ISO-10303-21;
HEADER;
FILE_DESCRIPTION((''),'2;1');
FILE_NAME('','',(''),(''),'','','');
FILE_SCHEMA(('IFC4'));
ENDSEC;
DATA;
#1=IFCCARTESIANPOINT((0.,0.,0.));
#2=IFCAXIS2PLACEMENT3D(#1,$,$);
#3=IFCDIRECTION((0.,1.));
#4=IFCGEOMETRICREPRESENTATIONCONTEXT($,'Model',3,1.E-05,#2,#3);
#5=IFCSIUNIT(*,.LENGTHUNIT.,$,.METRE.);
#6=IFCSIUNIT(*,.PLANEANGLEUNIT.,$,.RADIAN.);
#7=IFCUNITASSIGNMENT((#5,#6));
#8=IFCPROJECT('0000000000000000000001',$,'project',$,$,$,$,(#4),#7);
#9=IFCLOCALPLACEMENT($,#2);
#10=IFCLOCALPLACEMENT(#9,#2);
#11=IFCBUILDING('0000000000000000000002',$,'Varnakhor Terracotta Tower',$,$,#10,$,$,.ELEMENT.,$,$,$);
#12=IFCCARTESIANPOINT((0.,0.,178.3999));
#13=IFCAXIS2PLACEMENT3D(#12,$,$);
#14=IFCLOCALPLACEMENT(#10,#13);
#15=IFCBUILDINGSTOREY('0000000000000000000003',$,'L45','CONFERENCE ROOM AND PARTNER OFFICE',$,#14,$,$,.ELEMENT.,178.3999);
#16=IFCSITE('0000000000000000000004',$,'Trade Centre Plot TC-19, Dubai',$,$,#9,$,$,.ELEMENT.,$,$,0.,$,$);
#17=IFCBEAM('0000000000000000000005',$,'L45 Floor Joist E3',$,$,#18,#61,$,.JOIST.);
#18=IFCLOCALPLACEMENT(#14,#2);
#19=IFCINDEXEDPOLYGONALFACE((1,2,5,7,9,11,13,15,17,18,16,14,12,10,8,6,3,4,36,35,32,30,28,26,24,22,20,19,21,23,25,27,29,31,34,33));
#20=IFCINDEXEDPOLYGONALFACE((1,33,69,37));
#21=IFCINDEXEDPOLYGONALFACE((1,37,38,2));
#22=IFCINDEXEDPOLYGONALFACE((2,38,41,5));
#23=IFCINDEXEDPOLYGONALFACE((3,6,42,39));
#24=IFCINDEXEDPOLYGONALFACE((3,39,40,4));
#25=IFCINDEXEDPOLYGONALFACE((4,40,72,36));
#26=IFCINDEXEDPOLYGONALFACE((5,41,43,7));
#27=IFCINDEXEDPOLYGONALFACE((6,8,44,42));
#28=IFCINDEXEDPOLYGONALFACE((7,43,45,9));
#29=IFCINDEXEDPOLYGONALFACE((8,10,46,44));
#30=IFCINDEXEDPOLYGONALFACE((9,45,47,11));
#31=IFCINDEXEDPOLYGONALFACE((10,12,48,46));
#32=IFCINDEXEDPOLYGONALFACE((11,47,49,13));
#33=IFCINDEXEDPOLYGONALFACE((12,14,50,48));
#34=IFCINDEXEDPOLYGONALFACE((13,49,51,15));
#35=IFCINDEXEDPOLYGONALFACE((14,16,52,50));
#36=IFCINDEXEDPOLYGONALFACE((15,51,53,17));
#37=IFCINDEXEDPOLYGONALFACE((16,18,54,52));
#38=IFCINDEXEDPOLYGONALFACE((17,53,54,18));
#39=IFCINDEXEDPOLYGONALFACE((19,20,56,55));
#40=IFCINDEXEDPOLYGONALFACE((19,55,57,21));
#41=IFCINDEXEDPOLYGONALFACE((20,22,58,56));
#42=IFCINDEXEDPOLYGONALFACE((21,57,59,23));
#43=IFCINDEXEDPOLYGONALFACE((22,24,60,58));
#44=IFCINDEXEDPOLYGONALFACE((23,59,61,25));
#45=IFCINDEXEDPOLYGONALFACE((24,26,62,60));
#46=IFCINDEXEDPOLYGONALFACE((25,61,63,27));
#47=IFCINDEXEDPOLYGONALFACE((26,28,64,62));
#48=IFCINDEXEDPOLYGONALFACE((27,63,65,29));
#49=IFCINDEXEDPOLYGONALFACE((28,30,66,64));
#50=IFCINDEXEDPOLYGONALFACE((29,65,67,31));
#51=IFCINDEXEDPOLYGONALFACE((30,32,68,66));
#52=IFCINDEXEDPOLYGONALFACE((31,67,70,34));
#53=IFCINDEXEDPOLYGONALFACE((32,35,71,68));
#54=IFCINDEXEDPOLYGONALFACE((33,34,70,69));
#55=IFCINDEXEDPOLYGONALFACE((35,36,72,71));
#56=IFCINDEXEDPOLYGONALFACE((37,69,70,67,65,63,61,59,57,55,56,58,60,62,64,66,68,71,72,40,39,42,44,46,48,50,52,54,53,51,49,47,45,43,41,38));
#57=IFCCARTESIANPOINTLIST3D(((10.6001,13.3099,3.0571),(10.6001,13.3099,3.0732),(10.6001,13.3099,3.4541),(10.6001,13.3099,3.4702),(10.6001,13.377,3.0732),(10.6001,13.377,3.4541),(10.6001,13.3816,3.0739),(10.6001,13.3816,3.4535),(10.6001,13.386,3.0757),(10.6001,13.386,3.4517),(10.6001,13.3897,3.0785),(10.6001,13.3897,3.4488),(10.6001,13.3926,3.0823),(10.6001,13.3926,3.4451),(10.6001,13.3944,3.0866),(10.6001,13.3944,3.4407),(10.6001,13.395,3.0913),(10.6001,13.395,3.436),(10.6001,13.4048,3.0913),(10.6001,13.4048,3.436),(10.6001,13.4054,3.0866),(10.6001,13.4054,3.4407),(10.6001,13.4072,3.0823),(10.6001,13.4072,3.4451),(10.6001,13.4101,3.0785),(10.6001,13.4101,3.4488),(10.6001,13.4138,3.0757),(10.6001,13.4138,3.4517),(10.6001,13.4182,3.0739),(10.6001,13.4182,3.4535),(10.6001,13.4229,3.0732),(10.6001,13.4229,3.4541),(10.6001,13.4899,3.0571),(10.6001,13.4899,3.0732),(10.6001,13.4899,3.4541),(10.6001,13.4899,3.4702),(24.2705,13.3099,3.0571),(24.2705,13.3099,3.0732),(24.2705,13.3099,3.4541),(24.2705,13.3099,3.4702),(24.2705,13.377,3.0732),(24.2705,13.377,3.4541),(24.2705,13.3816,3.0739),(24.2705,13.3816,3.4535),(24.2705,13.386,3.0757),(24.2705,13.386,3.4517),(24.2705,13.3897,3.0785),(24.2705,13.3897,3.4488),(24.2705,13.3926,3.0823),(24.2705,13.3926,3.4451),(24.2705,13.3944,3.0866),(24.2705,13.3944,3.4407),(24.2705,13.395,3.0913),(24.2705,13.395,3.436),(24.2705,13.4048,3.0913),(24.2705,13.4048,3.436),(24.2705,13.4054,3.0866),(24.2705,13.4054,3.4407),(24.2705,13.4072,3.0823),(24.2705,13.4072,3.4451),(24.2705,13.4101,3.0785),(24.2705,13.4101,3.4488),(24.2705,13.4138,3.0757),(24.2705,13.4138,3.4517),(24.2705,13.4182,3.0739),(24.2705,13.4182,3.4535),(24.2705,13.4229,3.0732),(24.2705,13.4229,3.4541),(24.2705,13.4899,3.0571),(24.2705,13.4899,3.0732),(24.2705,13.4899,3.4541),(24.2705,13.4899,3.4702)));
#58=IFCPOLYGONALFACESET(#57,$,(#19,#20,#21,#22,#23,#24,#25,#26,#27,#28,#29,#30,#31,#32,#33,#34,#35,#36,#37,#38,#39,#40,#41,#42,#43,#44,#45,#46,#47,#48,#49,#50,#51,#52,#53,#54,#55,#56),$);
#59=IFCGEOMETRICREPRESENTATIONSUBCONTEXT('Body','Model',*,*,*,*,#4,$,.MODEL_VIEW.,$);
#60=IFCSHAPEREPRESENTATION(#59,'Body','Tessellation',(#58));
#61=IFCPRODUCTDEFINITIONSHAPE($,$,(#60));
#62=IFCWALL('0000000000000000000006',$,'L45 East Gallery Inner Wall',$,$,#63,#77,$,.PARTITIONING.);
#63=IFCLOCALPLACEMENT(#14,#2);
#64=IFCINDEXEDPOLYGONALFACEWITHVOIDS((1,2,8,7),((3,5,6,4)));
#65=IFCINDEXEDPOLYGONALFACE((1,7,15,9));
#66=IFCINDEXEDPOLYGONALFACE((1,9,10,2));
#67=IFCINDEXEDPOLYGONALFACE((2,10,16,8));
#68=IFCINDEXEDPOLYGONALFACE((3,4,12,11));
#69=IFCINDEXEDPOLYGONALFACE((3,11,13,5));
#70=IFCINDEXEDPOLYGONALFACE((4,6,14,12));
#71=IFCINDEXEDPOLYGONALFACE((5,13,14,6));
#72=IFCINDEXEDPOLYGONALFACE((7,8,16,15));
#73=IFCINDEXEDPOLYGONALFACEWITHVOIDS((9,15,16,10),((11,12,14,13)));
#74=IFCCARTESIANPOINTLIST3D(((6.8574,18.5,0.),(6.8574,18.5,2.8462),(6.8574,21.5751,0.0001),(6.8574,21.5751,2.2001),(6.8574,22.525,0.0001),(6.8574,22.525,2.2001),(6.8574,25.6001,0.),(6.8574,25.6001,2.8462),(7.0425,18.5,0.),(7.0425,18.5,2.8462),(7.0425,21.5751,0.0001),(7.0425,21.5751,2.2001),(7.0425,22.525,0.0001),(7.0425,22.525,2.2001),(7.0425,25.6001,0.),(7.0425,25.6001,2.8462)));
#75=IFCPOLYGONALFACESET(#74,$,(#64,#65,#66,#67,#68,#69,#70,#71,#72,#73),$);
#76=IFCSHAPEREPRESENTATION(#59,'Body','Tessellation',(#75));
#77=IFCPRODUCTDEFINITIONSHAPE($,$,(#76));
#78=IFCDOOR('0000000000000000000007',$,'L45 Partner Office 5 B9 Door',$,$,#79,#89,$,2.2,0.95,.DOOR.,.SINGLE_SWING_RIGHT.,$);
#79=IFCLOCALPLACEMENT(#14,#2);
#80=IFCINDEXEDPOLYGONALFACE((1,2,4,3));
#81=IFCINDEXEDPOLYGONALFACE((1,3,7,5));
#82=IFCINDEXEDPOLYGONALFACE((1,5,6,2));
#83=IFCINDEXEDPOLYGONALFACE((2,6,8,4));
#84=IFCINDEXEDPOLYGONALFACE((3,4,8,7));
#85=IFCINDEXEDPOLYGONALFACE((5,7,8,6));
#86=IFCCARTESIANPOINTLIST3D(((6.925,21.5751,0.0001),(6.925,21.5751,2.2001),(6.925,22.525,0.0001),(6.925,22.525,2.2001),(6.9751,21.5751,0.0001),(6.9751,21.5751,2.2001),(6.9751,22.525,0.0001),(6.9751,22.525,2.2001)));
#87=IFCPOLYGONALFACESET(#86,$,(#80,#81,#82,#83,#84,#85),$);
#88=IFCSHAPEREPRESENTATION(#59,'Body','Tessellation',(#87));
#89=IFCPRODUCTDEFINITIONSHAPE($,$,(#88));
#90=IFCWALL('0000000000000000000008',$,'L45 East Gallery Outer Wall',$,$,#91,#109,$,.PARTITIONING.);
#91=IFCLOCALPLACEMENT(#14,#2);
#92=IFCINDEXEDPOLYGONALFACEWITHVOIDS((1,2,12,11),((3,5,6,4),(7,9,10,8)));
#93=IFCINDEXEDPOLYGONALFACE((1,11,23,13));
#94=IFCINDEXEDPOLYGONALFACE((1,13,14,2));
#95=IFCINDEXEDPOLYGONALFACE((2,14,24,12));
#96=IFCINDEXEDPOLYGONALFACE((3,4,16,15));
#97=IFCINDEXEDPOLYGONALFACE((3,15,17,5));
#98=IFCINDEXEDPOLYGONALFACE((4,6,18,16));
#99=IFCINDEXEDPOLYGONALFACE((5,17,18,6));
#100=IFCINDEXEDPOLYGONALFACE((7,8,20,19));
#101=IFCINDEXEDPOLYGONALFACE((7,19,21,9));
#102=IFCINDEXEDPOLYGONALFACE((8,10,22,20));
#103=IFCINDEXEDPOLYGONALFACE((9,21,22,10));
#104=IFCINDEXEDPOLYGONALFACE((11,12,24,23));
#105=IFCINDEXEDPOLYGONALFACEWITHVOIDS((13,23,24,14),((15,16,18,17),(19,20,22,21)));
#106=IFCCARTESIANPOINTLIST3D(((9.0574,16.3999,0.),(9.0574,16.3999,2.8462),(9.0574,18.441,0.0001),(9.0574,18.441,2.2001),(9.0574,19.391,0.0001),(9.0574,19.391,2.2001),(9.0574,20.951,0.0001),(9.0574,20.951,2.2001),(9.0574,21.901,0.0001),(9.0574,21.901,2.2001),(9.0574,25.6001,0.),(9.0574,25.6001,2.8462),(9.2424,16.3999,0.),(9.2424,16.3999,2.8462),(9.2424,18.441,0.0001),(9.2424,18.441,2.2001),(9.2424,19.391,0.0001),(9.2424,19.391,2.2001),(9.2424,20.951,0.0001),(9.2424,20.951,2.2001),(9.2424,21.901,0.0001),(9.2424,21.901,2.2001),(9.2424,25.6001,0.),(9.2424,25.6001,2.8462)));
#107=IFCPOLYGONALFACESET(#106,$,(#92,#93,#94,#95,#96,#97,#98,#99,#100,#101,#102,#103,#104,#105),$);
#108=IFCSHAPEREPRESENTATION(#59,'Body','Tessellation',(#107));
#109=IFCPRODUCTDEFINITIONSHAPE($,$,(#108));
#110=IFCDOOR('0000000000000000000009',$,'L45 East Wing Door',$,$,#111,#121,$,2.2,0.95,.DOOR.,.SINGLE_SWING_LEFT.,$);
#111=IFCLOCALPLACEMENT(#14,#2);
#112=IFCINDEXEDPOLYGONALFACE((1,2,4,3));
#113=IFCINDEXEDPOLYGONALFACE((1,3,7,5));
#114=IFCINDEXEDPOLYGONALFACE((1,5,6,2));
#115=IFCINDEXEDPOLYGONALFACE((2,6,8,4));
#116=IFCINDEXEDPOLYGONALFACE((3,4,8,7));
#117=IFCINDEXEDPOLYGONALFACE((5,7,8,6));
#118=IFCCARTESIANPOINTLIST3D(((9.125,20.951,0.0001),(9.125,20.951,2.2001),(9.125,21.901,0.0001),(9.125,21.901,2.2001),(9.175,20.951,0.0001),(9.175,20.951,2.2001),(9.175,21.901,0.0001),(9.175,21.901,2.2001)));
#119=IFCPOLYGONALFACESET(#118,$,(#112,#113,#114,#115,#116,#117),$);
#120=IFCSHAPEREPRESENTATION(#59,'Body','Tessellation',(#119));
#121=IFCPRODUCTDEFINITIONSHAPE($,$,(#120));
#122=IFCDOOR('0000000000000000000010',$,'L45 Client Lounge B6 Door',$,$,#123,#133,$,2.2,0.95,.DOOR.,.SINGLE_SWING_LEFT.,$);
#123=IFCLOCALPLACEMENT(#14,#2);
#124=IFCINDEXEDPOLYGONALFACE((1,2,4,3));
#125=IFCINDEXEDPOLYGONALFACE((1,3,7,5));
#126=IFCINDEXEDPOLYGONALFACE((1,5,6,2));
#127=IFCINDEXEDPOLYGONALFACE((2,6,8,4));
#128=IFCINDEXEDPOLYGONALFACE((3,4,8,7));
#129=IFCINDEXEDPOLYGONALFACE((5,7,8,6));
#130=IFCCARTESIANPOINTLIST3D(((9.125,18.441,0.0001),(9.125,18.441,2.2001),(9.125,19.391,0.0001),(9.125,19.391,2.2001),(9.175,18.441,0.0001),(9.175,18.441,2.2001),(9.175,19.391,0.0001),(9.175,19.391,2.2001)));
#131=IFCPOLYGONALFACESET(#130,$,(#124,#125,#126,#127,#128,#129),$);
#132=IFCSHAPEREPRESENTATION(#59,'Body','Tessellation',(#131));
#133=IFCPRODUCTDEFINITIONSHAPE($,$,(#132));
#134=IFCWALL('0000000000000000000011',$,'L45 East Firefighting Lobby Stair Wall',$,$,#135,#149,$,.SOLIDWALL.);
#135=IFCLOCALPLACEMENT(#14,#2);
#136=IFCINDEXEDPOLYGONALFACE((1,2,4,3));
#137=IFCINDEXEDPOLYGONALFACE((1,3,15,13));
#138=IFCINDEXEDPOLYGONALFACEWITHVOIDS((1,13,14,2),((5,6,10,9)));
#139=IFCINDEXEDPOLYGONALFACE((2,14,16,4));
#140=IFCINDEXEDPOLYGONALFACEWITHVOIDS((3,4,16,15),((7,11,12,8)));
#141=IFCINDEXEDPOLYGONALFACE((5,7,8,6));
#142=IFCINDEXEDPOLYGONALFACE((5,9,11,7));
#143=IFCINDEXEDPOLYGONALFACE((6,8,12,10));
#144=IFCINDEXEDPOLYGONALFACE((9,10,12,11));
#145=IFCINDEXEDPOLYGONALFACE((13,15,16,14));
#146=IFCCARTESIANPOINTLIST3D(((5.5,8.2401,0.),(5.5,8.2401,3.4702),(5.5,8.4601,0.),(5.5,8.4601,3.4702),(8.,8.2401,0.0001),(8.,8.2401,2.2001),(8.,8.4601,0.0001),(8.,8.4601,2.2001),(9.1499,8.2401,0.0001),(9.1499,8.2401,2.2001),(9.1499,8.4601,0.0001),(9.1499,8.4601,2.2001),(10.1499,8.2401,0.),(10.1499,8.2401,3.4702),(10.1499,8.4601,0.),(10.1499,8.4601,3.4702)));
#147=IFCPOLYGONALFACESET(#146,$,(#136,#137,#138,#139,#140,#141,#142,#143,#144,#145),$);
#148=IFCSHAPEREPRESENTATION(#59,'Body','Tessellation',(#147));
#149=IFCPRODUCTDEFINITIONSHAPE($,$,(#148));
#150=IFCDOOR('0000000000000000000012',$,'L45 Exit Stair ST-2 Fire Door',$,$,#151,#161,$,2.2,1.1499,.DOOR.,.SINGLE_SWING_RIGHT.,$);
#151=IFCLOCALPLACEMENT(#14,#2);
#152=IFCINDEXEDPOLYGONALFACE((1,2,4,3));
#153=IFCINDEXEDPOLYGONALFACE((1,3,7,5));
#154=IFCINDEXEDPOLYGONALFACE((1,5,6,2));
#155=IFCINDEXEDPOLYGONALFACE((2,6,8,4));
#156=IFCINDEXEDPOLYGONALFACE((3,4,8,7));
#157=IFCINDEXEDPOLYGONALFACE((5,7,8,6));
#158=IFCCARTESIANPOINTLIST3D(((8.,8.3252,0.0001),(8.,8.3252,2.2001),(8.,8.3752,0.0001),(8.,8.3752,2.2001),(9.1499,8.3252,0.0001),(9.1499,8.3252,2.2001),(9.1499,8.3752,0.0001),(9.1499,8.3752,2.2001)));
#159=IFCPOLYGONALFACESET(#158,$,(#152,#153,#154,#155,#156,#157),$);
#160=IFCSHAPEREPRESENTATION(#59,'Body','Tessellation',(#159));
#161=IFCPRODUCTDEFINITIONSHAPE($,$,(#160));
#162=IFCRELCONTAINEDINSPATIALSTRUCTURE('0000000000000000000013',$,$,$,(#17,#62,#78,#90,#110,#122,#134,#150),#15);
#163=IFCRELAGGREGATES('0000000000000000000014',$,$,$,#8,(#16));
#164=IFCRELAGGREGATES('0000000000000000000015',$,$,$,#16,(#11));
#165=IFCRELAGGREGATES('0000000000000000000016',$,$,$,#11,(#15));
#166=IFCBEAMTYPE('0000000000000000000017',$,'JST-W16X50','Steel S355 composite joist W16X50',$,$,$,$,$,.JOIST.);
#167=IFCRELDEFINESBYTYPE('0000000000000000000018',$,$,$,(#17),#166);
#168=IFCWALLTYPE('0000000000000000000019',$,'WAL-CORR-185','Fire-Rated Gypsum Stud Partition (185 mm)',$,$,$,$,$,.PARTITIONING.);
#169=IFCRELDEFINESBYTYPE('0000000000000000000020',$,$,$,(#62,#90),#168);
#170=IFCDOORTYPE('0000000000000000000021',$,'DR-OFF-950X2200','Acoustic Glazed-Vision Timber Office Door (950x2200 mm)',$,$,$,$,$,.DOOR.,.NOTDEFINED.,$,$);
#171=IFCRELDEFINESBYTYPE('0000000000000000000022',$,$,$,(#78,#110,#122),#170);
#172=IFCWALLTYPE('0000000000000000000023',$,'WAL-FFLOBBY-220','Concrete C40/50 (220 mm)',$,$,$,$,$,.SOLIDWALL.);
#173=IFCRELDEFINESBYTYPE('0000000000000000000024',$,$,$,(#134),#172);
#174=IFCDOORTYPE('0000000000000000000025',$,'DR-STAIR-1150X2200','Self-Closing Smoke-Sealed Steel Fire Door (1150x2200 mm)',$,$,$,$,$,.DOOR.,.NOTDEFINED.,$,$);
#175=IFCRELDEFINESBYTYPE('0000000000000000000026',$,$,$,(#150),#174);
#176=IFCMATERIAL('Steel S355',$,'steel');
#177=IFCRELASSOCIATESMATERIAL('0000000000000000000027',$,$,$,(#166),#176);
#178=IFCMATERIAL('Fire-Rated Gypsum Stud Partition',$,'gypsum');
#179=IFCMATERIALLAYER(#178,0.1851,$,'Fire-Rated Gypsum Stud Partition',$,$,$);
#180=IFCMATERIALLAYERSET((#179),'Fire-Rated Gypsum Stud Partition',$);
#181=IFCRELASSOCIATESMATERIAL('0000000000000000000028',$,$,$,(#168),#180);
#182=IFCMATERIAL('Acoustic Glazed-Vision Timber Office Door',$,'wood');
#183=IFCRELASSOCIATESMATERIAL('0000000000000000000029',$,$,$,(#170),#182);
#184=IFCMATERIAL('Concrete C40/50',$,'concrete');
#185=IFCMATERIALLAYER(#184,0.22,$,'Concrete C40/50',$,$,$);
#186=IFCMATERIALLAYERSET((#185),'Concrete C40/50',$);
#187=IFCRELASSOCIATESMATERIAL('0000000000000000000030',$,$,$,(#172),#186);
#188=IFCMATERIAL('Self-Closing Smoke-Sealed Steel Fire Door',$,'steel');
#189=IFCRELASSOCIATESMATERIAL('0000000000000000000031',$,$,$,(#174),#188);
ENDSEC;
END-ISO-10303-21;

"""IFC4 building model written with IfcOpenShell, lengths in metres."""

from ifc_helpers import new_model, si_unit, direction, frame, frame_2d, origin, origin_2d, place, context, subcontext, project, spatial, rectangle, i_section, extrude, source, transform, mapped, material, layer, layer_set, material_profile, profile_set, type_object, type_shapes, element, fill, save


model = new_model("IFC4")

# Units and contexts
model_context = context("Model", 3, precision=1e-05, world=origin(), true_north=direction((0.0, 1.0)))
body_context = subcontext(model_context, "Body", "Model", "MODEL_VIEW")
ifc_project = project(units=[si_unit("LENGTHUNIT", "METRE"), si_unit("PLANEANGLEUNIT", "RADIAN")], contexts=[model_context])

# Site, building, storey
site_placement = place(None, origin())
site = spatial("IfcSite", under=ifc_project, at=site_placement, Name="Trade Centre Plot TC-19, Dubai", CompositionType="ELEMENT", RefElevation=0.0)
building_placement = place(site_placement, origin())
building = spatial("IfcBuilding", under=site, at=building_placement, Name="Varnakhor Terracotta Tower", CompositionType="ELEMENT")
storey_placement = place(building_placement, frame((0.0, 0.0, 178.3999)))
storey = spatial("IfcBuildingStorey", under=building, at=storey_placement, Name="L45", Description="CONFERENCE ROOM AND PARTNER OFFICE", CompositionType="ELEMENT", Elevation=178.3999)

# Beam
ifc_material_1 = material(Name="Steel S355", Category="steel")
ifc_material_profile_1 = material_profile(ifc_material_1, i_section(OverallWidth=0.1799, OverallDepth=0.4131, WebThickness=0.0098, FlangeThickness=0.0161, FilletRadius=0.0181, at=origin_2d()), Name="W16X50")
ifc_profile_set_1 = profile_set([ifc_material_profile_1], Name="Steel S355")
beam_type_1 = type_object("IfcBeamType", Name="JST-W16X50", Description="Steel S355 composite joist W16X50", PredefinedType="JOIST", material=ifc_profile_set_1)
shared_shape_1 = source(origin(), body_context, "Body", "SweptSolid", [
    extrude(i_section(OverallWidth=0.1799, OverallDepth=0.4131, WebThickness=0.0098, FlangeThickness=0.0161, FilletRadius=0.0181, at=origin_2d()), origin(), (0.0, 0.0, 1.0), 13.6704),
])
beam_1_placement = place(storey_placement, frame((10.6001, 13.3999, 3.2637), z_axis=(1.0, 0.0, 0.0), x_axis=(0.0, 1.0, 0.0)))
element("IfcBeam", 1, at=beam_1_placement, inside=storey, type_object=beam_type_1, Name="L45 Floor Joist E3", PredefinedType="JOIST", context=body_context, shape_type="MappedRepresentation", body=[
    mapped(shared_shape_1, transform((0.0, 0.0, 0.0), scale=1.0)),
])

# Wall, opening, door
ifc_material_2 = material(Name="Fire-Rated Gypsum Stud Partition", Category="gypsum")
ifc_layer_1 = layer(ifc_material_2, 0.1851, Name="Fire-Rated Gypsum Stud Partition")
ifc_layer_set_1 = layer_set([ifc_layer_1], Name="Fire-Rated Gypsum Stud Partition")
wall_type_1 = type_object("IfcWallType", Name="WAL-CORR-185", Description="Fire-Rated Gypsum Stud Partition (185 mm)", PredefinedType="PARTITIONING", material=ifc_layer_set_1)
wall_1_placement = place(storey_placement, frame((6.95, 18.5, 0.0), z_axis=(0.0, 0.0, 1.0), x_axis=(0.0, 1.0, 0.0)))
wall_1 = element("IfcWall", 2, at=wall_1_placement, inside=storey, type_object=wall_type_1, Name="L45 East Gallery Inner Wall", PredefinedType="PARTITIONING", context=body_context, shape_type="SweptSolid", body=[
    extrude(rectangle(XDim=7.1001, YDim=0.1851, at=frame_2d((3.55, 0.0))), origin(), (0.0, 0.0, 1.0), 2.8462),
])
opening_1_placement = place(wall_1_placement, frame((3.075, 0.0, 0.0)))
opening_1 = element("IfcOpeningElement", 3, at=opening_1_placement, cuts=wall_1, PredefinedType="OPENING", context=body_context, shape_type="SweptSolid", body=[
    extrude(rectangle(XDim=0.95, YDim=2.2, at=frame_2d((0.4751, 1.1001))), frame((0.0, 0.1025, 0.0), z_axis=(0.0, -1.0, 0.0), x_axis=(1.0, 0.0, 0.0)), (0.0, 0.0, 1.0), 0.2051),
])
ifc_material_3 = material(Name="Acoustic Glazed-Vision Timber Office Door", Category="wood")
door_type_1 = type_object("IfcDoorType", Name="DR-OFF-950X2200", Description="Acoustic Glazed-Vision Timber Office Door (950x2200 mm)", OperationType="NOTDEFINED", PredefinedType="DOOR", material=ifc_material_3)
shared_shape_2 = source(origin(), body_context, "Body", "SweptSolid", [
    extrude(rectangle(XDim=0.95, YDim=2.2, at=frame_2d((0.4751, 1.1001))), frame((0.0, 0.0249, 0.0), z_axis=(0.0, -1.0, 0.0), x_axis=(1.0, 0.0, 0.0)), (0.0, 0.0, 1.0), 0.05),
])
type_shapes(door_type_1, [shared_shape_2])
door_1_placement = place(opening_1_placement, origin())
door_1 = element("IfcDoor", 4, at=door_1_placement, inside=storey, type_object=door_type_1, Name="L45 Partner Office 5 B9 Door", OperationType="SINGLE_SWING_RIGHT", OverallHeight=2.2, OverallWidth=0.95, PredefinedType="DOOR", context=body_context, shape_type="MappedRepresentation", body=[
    mapped(shared_shape_2, transform((0.0, 0.0, 0.0), scale=1.0)),
])
fill(opening_1, door_1)

# Wall, openings, doors
wall_2_placement = place(storey_placement, frame((9.1499, 16.3999, 0.0), z_axis=(0.0, 0.0, 1.0), x_axis=(0.0, 1.0, 0.0)))
wall_2 = element("IfcWall", 5, at=wall_2_placement, inside=storey, type_object=wall_type_1, Name="L45 East Gallery Outer Wall", PredefinedType="PARTITIONING", context=body_context, shape_type="SweptSolid", body=[
    extrude(rectangle(XDim=9.2002, YDim=0.1851, at=frame_2d((4.6001, 0.0))), origin(), (0.0, 0.0, 1.0), 2.8462),
])
opening_2_placement = place(wall_2_placement, frame((4.551, 0.0, 0.0)))
opening_2 = element("IfcOpeningElement", 6, at=opening_2_placement, cuts=wall_2, PredefinedType="OPENING", context=body_context, shape_type="SweptSolid", body=[
    extrude(rectangle(XDim=0.95, YDim=2.2, at=frame_2d((0.4751, 1.1001))), frame((0.0, 0.1025, 0.0), z_axis=(0.0, -1.0, 0.0), x_axis=(1.0, 0.0, 0.0)), (0.0, 0.0, 1.0), 0.2051),
])
opening_3_placement = place(wall_2_placement, frame((2.041, 0.0, 0.0)))
opening_3 = element("IfcOpeningElement", 7, at=opening_3_placement, cuts=wall_2, PredefinedType="OPENING", context=body_context, shape_type="SweptSolid", body=[
    extrude(rectangle(XDim=0.95, YDim=2.2, at=frame_2d((0.4751, 1.1001))), frame((0.0, 0.1025, 0.0), z_axis=(0.0, -1.0, 0.0), x_axis=(1.0, 0.0, 0.0)), (0.0, 0.0, 1.0), 0.2051),
])
door_2_placement = place(opening_2_placement, origin())
door_2 = element("IfcDoor", 8, at=door_2_placement, inside=storey, type_object=door_type_1, Name="L45 East Wing Door", OperationType="SINGLE_SWING_LEFT", OverallHeight=2.2, OverallWidth=0.95, PredefinedType="DOOR", context=body_context, shape_type="MappedRepresentation", body=[
    mapped(shared_shape_2, transform((0.0, 0.0, 0.0), scale=1.0)),
])
fill(opening_2, door_2)
door_3_placement = place(opening_3_placement, origin())
door_3 = element("IfcDoor", 9, at=door_3_placement, inside=storey, type_object=door_type_1, Name="L45 Client Lounge B6 Door", OperationType="SINGLE_SWING_LEFT", OverallHeight=2.2, OverallWidth=0.95, PredefinedType="DOOR", context=body_context, shape_type="MappedRepresentation", body=[
    mapped(shared_shape_2, transform((0.0, 0.0, 0.0), scale=1.0)),
])
fill(opening_3, door_3)

# Wall, opening, door
ifc_material_4 = material(Name="Concrete C40/50", Category="concrete")
ifc_layer_2 = layer(ifc_material_4, 0.22, Name="Concrete C40/50")
ifc_layer_set_2 = layer_set([ifc_layer_2], Name="Concrete C40/50")
wall_type_2 = type_object("IfcWallType", Name="WAL-FFLOBBY-220", Description="Concrete C40/50 (220 mm)", PredefinedType="SOLIDWALL", material=ifc_layer_set_2)
wall_3_placement = place(storey_placement, frame((10.1499, 8.3501, 0.0), z_axis=(0.0, 0.0, 1.0), x_axis=(-1.0, 0.0, 0.0)))
wall_3 = element("IfcWall", 10, at=wall_3_placement, inside=storey, type_object=wall_type_2, Name="L45 East Firefighting Lobby Stair Wall", PredefinedType="SOLIDWALL", context=body_context, shape_type="SweptSolid", body=[
    extrude(rectangle(XDim=4.6499, YDim=0.22, at=frame_2d((2.325, 0.0))), origin(), (0.0, 0.0, 1.0), 3.4702),
])
opening_4_placement = place(wall_3_placement, frame((1.0, 0.0, 0.0)))
opening_4 = element("IfcOpeningElement", 11, at=opening_4_placement, cuts=wall_3, PredefinedType="OPENING", context=body_context, shape_type="SweptSolid", body=[
    extrude(rectangle(XDim=1.1499, YDim=2.2, at=frame_2d((0.575, 1.1001))), frame((0.0, 0.1201, 0.0), z_axis=(0.0, -1.0, 0.0), x_axis=(1.0, 0.0, 0.0)), (0.0, 0.0, 1.0), 0.24),
])
ifc_material_5 = material(Name="Self-Closing Smoke-Sealed Steel Fire Door", Category="steel")
door_type_2 = type_object("IfcDoorType", Name="DR-STAIR-1150X2200", Description="Self-Closing Smoke-Sealed Steel Fire Door (1150x2200 mm)", OperationType="NOTDEFINED", PredefinedType="DOOR", material=ifc_material_5)
shared_shape_3 = source(origin(), body_context, "Body", "SweptSolid", [
    extrude(rectangle(XDim=1.1499, YDim=2.2, at=frame_2d((0.575, 1.1001))), frame((0.0, 0.0249, 0.0), z_axis=(0.0, -1.0, 0.0), x_axis=(1.0, 0.0, 0.0)), (0.0, 0.0, 1.0), 0.05),
])
type_shapes(door_type_2, [shared_shape_3])
door_4_placement = place(opening_4_placement, origin())
door_4 = element("IfcDoor", 12, at=door_4_placement, inside=storey, type_object=door_type_2, Name="L45 Exit Stair ST-2 Fire Door", OperationType="SINGLE_SWING_RIGHT", OverallHeight=2.2, OverallWidth=1.1499, PredefinedType="DOOR", context=body_context, shape_type="MappedRepresentation", body=[
    mapped(shared_shape_3, transform((0.0, 0.0, 0.0), scale=1.0)),
])
fill(opening_4, door_4)

save(model, "model.ifc")
